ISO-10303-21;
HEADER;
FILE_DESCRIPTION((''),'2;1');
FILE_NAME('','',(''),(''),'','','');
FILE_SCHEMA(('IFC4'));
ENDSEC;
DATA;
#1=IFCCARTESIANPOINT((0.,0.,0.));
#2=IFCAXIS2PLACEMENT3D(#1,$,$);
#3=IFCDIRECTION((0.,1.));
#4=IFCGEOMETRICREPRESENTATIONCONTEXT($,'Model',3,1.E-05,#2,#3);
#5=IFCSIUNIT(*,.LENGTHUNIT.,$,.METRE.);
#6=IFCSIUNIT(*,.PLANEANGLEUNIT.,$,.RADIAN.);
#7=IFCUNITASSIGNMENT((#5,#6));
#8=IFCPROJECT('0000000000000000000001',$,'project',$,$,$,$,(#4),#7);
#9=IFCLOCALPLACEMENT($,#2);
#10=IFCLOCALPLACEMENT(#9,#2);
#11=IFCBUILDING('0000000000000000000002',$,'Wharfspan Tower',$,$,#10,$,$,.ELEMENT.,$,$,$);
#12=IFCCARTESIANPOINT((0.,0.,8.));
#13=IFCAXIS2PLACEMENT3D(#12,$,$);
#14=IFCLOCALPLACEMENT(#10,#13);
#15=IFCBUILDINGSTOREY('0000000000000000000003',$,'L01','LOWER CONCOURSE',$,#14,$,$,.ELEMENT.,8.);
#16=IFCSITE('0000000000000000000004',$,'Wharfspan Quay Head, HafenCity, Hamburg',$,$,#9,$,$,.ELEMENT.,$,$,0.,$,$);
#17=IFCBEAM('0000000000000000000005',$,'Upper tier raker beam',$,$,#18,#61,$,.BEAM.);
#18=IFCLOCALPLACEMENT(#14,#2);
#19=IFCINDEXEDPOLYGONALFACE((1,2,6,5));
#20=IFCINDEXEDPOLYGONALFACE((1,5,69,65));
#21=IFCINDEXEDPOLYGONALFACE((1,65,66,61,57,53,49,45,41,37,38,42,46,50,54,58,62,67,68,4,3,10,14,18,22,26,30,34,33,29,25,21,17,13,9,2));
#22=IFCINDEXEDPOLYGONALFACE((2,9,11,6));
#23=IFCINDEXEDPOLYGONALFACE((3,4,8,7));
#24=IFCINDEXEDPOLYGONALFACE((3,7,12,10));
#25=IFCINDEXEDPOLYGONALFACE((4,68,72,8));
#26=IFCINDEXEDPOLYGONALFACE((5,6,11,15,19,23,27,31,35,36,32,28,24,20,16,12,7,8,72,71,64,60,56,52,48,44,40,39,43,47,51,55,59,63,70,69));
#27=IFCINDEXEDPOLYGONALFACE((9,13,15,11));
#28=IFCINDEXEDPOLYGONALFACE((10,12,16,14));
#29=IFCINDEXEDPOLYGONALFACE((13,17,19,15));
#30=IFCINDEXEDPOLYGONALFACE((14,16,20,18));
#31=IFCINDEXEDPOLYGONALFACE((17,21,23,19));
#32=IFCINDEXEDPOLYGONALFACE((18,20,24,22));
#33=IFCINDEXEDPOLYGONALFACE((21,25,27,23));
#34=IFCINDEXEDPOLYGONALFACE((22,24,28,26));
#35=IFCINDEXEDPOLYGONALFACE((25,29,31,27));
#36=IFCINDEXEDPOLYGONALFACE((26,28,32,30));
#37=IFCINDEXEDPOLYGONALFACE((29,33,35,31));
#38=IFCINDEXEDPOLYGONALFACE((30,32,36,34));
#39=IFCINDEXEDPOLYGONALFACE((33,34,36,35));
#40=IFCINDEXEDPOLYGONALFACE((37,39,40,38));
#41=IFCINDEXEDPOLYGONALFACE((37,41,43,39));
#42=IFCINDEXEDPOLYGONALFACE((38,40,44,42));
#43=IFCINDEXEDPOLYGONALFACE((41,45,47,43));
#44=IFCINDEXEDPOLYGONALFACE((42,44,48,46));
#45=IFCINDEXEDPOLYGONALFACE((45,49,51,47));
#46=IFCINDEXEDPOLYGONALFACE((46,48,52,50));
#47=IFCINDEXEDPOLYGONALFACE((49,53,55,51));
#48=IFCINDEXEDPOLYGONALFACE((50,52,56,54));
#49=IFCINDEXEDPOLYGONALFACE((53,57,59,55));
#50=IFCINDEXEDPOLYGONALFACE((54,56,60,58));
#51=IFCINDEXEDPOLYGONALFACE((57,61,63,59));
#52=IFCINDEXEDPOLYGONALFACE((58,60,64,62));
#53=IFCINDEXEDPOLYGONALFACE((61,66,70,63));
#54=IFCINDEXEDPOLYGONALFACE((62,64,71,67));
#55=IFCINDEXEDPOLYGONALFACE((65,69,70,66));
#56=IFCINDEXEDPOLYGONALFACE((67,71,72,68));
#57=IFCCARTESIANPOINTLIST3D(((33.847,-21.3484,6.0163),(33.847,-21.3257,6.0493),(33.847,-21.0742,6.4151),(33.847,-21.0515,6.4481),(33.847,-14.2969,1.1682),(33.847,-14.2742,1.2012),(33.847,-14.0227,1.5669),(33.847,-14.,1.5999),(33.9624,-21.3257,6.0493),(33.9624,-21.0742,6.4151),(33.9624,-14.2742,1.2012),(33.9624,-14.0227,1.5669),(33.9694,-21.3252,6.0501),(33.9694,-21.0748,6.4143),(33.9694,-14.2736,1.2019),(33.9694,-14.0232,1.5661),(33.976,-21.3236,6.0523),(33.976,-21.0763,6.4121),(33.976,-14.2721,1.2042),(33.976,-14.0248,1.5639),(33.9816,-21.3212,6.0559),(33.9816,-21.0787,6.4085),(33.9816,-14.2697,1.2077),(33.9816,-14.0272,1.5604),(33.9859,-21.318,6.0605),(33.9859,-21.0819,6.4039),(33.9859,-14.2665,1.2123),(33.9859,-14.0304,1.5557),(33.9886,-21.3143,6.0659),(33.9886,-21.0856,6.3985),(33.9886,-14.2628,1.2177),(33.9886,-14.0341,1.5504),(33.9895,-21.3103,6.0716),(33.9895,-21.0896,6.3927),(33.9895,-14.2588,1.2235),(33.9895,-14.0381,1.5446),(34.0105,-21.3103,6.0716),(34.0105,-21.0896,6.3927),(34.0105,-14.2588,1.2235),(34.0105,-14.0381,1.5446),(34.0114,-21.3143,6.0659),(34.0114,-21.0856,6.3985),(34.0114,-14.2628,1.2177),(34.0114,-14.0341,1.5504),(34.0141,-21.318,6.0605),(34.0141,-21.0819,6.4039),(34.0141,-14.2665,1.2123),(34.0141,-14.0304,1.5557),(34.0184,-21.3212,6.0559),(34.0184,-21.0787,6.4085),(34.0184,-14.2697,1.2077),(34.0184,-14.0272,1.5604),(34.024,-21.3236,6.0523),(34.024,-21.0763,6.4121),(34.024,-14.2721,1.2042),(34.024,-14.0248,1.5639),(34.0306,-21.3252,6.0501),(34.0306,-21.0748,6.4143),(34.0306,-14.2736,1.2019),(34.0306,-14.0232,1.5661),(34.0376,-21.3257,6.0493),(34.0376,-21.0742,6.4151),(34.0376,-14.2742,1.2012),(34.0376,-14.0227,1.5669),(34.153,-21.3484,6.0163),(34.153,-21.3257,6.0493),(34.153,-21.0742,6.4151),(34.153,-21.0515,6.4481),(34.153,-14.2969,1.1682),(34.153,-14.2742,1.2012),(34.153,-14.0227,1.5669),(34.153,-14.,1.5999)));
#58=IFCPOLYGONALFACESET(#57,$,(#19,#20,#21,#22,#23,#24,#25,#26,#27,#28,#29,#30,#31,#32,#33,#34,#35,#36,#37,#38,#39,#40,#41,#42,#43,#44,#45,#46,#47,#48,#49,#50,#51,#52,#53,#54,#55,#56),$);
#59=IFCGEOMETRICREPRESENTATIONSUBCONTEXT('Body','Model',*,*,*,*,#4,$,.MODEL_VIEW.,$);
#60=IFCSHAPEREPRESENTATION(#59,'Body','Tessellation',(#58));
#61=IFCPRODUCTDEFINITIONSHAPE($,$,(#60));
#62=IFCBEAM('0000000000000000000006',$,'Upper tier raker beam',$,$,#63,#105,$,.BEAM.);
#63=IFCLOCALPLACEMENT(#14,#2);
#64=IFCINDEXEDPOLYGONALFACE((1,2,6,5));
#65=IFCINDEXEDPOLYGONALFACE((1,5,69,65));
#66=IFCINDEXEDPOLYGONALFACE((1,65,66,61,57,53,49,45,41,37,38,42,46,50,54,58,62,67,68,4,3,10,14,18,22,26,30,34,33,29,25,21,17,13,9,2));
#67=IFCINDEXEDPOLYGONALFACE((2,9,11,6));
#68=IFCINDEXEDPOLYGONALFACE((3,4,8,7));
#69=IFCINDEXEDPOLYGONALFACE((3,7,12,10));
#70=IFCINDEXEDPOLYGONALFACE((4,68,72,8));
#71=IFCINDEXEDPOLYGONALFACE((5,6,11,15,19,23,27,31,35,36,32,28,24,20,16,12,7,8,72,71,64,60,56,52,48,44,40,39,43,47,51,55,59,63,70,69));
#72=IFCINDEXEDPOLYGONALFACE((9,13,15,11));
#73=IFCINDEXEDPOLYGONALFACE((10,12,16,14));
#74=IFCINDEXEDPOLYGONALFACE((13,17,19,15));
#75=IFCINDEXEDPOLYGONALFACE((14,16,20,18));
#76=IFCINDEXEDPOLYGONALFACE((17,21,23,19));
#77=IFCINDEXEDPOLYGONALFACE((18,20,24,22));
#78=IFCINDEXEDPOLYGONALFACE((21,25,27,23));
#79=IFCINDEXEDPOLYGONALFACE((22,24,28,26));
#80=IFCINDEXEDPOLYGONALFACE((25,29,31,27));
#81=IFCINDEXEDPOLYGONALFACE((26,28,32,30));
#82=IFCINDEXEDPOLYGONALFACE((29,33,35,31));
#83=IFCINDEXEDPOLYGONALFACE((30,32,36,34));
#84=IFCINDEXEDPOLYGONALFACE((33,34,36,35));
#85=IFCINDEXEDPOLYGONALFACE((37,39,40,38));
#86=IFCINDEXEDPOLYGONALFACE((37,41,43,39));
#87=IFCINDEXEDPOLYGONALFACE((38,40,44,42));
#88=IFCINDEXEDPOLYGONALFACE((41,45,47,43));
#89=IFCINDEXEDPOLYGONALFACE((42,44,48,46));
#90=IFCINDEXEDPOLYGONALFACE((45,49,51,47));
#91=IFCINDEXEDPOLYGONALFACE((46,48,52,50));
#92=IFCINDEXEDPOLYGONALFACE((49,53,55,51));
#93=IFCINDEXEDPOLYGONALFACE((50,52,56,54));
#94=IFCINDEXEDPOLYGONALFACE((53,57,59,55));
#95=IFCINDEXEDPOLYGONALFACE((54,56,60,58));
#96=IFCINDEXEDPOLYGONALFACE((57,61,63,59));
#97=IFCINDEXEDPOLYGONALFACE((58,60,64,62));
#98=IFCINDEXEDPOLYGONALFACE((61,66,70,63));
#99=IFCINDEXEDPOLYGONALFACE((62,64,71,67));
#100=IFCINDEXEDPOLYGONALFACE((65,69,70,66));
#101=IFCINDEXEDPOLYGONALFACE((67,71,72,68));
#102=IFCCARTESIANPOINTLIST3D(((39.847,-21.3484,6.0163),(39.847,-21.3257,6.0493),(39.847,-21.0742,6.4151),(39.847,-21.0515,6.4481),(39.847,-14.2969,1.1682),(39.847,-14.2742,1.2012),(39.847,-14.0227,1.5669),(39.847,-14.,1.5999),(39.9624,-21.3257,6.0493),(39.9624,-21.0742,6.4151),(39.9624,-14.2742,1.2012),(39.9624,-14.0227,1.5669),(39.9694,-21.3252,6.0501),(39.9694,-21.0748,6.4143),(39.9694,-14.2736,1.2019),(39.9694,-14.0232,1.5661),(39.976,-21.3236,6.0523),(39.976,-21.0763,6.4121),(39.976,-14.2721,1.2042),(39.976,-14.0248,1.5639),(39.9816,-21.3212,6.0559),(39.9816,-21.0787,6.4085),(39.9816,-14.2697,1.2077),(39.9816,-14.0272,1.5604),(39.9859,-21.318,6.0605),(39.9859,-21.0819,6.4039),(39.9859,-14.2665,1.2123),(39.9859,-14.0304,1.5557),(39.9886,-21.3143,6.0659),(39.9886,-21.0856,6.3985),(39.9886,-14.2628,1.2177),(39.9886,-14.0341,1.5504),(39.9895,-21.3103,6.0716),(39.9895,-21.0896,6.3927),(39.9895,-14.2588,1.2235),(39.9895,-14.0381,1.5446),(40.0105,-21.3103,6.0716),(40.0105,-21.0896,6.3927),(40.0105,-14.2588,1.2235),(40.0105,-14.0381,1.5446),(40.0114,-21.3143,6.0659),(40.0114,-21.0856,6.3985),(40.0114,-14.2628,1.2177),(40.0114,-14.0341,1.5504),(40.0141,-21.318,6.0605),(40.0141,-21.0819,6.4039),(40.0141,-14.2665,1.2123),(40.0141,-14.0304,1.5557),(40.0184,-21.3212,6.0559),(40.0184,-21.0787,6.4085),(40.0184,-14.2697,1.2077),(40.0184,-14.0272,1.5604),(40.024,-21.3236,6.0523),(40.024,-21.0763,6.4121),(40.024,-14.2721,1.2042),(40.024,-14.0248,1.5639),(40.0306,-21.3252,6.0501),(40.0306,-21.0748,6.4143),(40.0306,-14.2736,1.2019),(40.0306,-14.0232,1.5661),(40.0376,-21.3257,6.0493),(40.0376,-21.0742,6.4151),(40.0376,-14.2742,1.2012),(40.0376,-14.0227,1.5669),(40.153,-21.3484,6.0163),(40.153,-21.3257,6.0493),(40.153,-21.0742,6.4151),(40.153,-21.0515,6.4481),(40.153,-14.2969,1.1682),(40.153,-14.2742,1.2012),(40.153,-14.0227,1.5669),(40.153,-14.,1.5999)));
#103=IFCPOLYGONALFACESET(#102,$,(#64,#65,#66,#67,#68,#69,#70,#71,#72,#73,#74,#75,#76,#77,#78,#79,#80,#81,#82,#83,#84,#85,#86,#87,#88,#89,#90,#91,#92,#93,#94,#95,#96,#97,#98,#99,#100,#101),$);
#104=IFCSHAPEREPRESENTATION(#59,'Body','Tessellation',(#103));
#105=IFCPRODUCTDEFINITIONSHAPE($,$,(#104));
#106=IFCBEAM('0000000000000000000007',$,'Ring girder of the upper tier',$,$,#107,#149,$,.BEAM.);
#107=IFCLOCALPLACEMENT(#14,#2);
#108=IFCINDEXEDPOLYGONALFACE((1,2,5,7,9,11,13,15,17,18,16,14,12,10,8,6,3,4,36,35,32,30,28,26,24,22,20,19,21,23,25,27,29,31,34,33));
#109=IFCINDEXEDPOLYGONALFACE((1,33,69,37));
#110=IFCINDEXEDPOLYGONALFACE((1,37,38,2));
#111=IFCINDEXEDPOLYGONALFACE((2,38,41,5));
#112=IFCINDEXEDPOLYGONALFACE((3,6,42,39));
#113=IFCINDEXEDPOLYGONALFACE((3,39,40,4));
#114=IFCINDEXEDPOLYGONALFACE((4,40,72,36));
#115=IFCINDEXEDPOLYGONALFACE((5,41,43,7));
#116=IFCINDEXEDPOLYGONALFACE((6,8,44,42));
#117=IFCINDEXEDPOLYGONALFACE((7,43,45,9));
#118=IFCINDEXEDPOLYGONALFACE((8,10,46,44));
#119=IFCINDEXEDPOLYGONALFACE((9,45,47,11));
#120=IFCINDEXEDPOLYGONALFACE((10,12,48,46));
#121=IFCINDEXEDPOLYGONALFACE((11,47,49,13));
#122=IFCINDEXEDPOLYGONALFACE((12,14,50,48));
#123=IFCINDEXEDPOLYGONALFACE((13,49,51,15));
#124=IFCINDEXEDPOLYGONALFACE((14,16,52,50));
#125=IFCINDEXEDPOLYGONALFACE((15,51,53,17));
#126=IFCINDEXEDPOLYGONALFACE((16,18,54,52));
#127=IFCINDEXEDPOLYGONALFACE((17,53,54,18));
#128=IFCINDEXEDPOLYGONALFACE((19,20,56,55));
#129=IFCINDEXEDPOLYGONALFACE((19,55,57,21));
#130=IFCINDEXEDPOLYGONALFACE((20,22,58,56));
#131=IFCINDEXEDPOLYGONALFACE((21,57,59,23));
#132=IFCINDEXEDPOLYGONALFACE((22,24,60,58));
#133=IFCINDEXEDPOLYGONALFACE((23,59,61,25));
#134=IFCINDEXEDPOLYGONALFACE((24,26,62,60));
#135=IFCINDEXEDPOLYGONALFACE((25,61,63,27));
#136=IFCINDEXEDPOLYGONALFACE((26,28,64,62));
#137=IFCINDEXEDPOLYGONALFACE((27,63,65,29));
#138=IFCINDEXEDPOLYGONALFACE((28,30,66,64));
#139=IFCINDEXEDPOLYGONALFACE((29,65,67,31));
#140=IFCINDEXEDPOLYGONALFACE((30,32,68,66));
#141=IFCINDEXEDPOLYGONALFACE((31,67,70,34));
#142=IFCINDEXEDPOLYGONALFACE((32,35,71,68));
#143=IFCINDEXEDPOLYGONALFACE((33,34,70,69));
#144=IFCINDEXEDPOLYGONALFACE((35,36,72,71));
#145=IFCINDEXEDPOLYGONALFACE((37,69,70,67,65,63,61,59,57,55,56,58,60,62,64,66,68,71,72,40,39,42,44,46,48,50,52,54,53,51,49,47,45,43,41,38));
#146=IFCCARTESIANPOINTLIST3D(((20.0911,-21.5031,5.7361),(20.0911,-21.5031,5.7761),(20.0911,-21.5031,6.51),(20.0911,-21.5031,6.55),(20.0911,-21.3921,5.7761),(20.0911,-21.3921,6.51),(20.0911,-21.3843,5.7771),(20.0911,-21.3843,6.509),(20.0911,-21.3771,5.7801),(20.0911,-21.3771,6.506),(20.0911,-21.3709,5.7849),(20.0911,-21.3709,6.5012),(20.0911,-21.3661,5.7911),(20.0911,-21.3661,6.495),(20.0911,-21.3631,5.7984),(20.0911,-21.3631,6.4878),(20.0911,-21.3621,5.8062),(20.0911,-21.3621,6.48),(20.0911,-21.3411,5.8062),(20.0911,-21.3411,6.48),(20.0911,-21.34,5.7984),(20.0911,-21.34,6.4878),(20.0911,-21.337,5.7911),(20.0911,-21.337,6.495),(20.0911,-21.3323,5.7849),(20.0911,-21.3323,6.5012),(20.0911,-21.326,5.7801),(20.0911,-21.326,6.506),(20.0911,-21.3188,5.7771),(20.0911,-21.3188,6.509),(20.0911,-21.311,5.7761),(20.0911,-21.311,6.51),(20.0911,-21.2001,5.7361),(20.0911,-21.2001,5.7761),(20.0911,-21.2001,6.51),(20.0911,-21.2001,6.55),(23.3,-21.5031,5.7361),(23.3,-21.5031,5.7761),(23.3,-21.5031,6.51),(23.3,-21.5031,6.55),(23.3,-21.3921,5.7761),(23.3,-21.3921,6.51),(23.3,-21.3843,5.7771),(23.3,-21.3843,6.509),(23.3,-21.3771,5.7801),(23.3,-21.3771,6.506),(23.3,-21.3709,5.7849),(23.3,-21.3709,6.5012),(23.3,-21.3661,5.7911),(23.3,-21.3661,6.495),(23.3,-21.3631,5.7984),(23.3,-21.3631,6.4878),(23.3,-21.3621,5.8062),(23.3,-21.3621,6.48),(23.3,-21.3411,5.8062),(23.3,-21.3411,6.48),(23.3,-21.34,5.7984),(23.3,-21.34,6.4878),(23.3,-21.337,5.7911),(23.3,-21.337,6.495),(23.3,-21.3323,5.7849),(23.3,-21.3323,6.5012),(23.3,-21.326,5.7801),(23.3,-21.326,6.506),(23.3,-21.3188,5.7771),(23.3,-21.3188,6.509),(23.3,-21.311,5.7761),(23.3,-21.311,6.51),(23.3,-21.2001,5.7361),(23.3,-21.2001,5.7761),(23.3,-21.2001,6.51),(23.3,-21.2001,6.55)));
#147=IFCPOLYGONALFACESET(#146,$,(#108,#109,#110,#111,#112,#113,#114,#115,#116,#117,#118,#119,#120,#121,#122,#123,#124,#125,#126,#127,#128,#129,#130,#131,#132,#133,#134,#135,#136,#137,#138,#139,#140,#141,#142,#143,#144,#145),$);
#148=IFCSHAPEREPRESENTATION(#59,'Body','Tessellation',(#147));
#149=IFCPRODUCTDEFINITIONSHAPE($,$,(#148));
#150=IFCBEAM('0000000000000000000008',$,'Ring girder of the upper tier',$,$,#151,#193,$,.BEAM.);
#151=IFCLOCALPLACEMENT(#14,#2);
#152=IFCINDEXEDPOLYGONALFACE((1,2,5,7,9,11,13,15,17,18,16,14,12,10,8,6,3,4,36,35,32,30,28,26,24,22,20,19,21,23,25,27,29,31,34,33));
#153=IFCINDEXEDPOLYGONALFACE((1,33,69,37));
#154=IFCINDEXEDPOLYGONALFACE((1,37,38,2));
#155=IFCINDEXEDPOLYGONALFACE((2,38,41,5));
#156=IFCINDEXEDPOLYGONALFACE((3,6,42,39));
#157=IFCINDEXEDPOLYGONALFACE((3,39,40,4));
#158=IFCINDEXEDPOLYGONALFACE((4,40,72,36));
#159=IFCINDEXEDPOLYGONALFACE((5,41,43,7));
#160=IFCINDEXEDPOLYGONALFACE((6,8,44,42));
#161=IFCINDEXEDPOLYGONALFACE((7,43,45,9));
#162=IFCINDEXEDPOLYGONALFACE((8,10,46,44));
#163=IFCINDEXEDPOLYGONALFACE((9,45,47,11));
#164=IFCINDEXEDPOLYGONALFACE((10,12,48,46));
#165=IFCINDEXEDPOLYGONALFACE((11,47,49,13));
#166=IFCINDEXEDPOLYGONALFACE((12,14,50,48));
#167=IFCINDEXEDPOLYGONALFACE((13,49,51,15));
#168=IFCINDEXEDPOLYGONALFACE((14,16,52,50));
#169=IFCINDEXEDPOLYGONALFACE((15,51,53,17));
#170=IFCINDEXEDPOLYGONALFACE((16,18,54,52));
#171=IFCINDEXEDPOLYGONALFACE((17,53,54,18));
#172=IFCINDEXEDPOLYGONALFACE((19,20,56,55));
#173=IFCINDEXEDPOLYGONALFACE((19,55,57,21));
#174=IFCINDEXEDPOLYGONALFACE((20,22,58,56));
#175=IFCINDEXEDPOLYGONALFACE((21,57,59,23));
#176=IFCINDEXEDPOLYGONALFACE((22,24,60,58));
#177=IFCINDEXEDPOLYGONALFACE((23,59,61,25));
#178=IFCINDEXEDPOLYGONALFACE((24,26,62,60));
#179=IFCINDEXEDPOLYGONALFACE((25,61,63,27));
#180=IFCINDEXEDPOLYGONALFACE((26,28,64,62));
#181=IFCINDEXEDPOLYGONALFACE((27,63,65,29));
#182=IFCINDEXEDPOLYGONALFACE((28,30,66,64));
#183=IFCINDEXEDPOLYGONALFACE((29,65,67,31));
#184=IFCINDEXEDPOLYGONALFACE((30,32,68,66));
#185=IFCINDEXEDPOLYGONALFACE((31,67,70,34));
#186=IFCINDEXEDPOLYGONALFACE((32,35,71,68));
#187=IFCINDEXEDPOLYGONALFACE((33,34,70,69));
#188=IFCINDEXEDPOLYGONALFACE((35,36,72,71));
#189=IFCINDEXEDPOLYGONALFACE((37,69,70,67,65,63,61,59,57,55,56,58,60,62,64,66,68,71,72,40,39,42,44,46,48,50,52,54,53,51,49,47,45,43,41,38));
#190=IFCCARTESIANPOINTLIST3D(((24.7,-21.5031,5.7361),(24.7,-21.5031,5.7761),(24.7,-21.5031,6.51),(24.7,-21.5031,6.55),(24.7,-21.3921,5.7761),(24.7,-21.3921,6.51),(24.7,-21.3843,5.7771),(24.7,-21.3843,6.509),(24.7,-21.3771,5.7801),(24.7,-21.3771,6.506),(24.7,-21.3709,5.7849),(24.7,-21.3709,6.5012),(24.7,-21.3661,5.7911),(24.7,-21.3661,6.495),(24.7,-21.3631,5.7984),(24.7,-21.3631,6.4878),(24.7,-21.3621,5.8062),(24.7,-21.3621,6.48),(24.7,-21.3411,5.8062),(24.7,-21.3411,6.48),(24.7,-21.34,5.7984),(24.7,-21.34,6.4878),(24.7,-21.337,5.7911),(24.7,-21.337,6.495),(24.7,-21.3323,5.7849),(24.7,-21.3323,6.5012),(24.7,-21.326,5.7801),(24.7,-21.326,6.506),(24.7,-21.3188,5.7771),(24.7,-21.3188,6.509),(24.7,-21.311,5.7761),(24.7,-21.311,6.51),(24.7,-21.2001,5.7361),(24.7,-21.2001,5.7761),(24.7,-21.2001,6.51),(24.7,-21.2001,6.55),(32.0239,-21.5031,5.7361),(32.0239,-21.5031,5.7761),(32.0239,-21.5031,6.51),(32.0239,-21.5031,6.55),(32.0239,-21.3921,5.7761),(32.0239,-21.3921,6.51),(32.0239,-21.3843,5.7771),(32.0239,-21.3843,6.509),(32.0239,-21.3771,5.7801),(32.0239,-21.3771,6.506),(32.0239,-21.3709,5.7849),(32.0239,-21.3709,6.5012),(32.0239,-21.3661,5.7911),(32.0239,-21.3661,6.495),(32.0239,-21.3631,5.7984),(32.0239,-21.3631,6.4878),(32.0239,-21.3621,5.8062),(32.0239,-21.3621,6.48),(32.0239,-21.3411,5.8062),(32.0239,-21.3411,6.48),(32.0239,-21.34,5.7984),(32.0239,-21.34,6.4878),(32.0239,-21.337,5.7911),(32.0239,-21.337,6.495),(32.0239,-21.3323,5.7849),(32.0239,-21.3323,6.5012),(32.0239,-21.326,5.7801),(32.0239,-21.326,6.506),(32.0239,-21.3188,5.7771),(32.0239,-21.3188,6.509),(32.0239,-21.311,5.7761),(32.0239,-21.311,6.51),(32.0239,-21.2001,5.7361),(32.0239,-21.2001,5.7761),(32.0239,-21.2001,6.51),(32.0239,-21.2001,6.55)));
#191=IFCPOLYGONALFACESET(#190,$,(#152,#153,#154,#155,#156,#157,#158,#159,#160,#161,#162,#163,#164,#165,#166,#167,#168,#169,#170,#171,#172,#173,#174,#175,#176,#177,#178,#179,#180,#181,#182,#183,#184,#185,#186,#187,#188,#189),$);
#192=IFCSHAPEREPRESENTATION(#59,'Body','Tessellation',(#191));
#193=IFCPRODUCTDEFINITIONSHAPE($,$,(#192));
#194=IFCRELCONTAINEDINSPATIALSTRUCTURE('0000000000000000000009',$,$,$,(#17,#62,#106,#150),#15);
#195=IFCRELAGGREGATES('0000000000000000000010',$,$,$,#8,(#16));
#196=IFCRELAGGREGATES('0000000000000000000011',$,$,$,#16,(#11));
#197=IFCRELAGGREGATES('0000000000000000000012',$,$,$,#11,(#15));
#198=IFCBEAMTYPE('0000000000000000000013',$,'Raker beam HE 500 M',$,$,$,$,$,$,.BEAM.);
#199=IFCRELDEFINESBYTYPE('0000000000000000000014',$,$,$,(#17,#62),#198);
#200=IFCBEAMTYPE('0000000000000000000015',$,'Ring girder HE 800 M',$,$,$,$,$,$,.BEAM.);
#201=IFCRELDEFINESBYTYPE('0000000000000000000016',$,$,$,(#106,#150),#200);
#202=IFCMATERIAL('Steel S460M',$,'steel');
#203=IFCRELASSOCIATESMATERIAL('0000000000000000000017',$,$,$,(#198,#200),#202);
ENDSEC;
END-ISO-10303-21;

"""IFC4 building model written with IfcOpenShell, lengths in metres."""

from ifc_helpers import new_model, si_unit, direction, frame, origin, origin_2d, place, context, subcontext, project, spatial, i_section, extrude, material, material_profile, profile_set, type_object, element, save


model = new_model("IFC4")

# Units and contexts
model_context = context("Model", 3, precision=1e-05, world=origin(), true_north=direction((0.0, 1.0)))
body_context = subcontext(model_context, "Body", "Model", "MODEL_VIEW")
ifc_project = project(units=[si_unit("LENGTHUNIT", "METRE"), si_unit("PLANEANGLEUNIT", "RADIAN")], contexts=[model_context])

# Site, building, storey
site_placement = place(None, origin())
site = spatial("IfcSite", under=ifc_project, at=site_placement, Name="Wharfspan Quay Head, HafenCity, Hamburg", CompositionType="ELEMENT", RefElevation=0.0)
building_placement = place(site_placement, origin())
building = spatial("IfcBuilding", under=site, at=building_placement, Name="Wharfspan Tower", CompositionType="ELEMENT")
storey_placement = place(building_placement, frame((0.0, 0.0, 8.0)))
storey = spatial("IfcBuildingStorey", under=building, at=storey_placement, Name="L01", Description="LOWER CONCOURSE", CompositionType="ELEMENT", Elevation=8.0)

# Beams
ifc_material_1 = material(Name="Steel S460M", Category="steel")
ifc_material_profile_1 = material_profile(ifc_material_1, i_section(OverallWidth=0.3059, OverallDepth=0.5239, WebThickness=0.021, FlangeThickness=0.04, FilletRadius=0.0271, at=origin_2d()))
ifc_profile_set_1 = profile_set([ifc_material_profile_1], Name="Steel S460M")
beam_type_1 = type_object("IfcBeamType", Name="Raker beam HE 500 M", PredefinedType="BEAM", material=ifc_profile_set_1)
for number, where, z_axis, x_axis, name in (
    (1, (34.0, -14.1484, 1.384), (0.0, -0.824029, 0.566547), (1.0, 0.0, 0.0), "Upper tier raker beam"),
    (2, (40.0, -14.1484, 1.384), (0.0, -0.824029, 0.566547), (1.0, 0.0, 0.0), "Upper tier raker beam"),
):
    element("IfcBeam", number, at=place(storey_placement, frame(where, z_axis=z_axis, x_axis=x_axis)), inside=storey, type_object=beam_type_1, Name=name, PredefinedType="BEAM", context=body_context, shape_type="SweptSolid", body=[
        extrude(i_section(OverallWidth=0.3059, OverallDepth=0.5239, WebThickness=0.021, FlangeThickness=0.04, FilletRadius=0.0271, at=origin_2d()), origin(), (0.0, 0.0, 1.0), 8.5574),
    ])
ifc_material_profile_2 = material_profile(ifc_material_1, i_section(OverallWidth=0.303, OverallDepth=0.814, WebThickness=0.021, FlangeThickness=0.04, FilletRadius=0.03, at=origin_2d()))
ifc_profile_set_2 = profile_set([ifc_material_profile_2], Name="Steel S460M")
beam_type_2 = type_object("IfcBeamType", Name="Ring girder HE 800 M", PredefinedType="BEAM", material=ifc_profile_set_2)
beam_1_placement = place(storey_placement, frame((20.0911, -21.3516, 6.1431), z_axis=(1.0, 0.0, 0.0), x_axis=(0.0, 1.0, 0.0)))
element("IfcBeam", 3, at=beam_1_placement, inside=storey, type_object=beam_type_2, Name="Ring girder of the upper tier", PredefinedType="BEAM", context=body_context, shape_type="SweptSolid", body=[
    extrude(i_section(OverallWidth=0.303, OverallDepth=0.814, WebThickness=0.021, FlangeThickness=0.04, FilletRadius=0.03, at=origin_2d()), origin(), (0.0, 0.0, 1.0), 3.209),
])
beam_2_placement = place(storey_placement, frame((24.7, -21.3516, 6.1431), z_axis=(1.0, 0.0, 0.0), x_axis=(0.0, 1.0, 0.0)))
element("IfcBeam", 4, at=beam_2_placement, inside=storey, type_object=beam_type_2, Name="Ring girder of the upper tier", PredefinedType="BEAM", context=body_context, shape_type="SweptSolid", body=[
    extrude(i_section(OverallWidth=0.303, OverallDepth=0.814, WebThickness=0.021, FlangeThickness=0.04, FilletRadius=0.03, at=origin_2d()), origin(), (0.0, 0.0, 1.0), 7.324),
])

save(model, "model.ifc")
